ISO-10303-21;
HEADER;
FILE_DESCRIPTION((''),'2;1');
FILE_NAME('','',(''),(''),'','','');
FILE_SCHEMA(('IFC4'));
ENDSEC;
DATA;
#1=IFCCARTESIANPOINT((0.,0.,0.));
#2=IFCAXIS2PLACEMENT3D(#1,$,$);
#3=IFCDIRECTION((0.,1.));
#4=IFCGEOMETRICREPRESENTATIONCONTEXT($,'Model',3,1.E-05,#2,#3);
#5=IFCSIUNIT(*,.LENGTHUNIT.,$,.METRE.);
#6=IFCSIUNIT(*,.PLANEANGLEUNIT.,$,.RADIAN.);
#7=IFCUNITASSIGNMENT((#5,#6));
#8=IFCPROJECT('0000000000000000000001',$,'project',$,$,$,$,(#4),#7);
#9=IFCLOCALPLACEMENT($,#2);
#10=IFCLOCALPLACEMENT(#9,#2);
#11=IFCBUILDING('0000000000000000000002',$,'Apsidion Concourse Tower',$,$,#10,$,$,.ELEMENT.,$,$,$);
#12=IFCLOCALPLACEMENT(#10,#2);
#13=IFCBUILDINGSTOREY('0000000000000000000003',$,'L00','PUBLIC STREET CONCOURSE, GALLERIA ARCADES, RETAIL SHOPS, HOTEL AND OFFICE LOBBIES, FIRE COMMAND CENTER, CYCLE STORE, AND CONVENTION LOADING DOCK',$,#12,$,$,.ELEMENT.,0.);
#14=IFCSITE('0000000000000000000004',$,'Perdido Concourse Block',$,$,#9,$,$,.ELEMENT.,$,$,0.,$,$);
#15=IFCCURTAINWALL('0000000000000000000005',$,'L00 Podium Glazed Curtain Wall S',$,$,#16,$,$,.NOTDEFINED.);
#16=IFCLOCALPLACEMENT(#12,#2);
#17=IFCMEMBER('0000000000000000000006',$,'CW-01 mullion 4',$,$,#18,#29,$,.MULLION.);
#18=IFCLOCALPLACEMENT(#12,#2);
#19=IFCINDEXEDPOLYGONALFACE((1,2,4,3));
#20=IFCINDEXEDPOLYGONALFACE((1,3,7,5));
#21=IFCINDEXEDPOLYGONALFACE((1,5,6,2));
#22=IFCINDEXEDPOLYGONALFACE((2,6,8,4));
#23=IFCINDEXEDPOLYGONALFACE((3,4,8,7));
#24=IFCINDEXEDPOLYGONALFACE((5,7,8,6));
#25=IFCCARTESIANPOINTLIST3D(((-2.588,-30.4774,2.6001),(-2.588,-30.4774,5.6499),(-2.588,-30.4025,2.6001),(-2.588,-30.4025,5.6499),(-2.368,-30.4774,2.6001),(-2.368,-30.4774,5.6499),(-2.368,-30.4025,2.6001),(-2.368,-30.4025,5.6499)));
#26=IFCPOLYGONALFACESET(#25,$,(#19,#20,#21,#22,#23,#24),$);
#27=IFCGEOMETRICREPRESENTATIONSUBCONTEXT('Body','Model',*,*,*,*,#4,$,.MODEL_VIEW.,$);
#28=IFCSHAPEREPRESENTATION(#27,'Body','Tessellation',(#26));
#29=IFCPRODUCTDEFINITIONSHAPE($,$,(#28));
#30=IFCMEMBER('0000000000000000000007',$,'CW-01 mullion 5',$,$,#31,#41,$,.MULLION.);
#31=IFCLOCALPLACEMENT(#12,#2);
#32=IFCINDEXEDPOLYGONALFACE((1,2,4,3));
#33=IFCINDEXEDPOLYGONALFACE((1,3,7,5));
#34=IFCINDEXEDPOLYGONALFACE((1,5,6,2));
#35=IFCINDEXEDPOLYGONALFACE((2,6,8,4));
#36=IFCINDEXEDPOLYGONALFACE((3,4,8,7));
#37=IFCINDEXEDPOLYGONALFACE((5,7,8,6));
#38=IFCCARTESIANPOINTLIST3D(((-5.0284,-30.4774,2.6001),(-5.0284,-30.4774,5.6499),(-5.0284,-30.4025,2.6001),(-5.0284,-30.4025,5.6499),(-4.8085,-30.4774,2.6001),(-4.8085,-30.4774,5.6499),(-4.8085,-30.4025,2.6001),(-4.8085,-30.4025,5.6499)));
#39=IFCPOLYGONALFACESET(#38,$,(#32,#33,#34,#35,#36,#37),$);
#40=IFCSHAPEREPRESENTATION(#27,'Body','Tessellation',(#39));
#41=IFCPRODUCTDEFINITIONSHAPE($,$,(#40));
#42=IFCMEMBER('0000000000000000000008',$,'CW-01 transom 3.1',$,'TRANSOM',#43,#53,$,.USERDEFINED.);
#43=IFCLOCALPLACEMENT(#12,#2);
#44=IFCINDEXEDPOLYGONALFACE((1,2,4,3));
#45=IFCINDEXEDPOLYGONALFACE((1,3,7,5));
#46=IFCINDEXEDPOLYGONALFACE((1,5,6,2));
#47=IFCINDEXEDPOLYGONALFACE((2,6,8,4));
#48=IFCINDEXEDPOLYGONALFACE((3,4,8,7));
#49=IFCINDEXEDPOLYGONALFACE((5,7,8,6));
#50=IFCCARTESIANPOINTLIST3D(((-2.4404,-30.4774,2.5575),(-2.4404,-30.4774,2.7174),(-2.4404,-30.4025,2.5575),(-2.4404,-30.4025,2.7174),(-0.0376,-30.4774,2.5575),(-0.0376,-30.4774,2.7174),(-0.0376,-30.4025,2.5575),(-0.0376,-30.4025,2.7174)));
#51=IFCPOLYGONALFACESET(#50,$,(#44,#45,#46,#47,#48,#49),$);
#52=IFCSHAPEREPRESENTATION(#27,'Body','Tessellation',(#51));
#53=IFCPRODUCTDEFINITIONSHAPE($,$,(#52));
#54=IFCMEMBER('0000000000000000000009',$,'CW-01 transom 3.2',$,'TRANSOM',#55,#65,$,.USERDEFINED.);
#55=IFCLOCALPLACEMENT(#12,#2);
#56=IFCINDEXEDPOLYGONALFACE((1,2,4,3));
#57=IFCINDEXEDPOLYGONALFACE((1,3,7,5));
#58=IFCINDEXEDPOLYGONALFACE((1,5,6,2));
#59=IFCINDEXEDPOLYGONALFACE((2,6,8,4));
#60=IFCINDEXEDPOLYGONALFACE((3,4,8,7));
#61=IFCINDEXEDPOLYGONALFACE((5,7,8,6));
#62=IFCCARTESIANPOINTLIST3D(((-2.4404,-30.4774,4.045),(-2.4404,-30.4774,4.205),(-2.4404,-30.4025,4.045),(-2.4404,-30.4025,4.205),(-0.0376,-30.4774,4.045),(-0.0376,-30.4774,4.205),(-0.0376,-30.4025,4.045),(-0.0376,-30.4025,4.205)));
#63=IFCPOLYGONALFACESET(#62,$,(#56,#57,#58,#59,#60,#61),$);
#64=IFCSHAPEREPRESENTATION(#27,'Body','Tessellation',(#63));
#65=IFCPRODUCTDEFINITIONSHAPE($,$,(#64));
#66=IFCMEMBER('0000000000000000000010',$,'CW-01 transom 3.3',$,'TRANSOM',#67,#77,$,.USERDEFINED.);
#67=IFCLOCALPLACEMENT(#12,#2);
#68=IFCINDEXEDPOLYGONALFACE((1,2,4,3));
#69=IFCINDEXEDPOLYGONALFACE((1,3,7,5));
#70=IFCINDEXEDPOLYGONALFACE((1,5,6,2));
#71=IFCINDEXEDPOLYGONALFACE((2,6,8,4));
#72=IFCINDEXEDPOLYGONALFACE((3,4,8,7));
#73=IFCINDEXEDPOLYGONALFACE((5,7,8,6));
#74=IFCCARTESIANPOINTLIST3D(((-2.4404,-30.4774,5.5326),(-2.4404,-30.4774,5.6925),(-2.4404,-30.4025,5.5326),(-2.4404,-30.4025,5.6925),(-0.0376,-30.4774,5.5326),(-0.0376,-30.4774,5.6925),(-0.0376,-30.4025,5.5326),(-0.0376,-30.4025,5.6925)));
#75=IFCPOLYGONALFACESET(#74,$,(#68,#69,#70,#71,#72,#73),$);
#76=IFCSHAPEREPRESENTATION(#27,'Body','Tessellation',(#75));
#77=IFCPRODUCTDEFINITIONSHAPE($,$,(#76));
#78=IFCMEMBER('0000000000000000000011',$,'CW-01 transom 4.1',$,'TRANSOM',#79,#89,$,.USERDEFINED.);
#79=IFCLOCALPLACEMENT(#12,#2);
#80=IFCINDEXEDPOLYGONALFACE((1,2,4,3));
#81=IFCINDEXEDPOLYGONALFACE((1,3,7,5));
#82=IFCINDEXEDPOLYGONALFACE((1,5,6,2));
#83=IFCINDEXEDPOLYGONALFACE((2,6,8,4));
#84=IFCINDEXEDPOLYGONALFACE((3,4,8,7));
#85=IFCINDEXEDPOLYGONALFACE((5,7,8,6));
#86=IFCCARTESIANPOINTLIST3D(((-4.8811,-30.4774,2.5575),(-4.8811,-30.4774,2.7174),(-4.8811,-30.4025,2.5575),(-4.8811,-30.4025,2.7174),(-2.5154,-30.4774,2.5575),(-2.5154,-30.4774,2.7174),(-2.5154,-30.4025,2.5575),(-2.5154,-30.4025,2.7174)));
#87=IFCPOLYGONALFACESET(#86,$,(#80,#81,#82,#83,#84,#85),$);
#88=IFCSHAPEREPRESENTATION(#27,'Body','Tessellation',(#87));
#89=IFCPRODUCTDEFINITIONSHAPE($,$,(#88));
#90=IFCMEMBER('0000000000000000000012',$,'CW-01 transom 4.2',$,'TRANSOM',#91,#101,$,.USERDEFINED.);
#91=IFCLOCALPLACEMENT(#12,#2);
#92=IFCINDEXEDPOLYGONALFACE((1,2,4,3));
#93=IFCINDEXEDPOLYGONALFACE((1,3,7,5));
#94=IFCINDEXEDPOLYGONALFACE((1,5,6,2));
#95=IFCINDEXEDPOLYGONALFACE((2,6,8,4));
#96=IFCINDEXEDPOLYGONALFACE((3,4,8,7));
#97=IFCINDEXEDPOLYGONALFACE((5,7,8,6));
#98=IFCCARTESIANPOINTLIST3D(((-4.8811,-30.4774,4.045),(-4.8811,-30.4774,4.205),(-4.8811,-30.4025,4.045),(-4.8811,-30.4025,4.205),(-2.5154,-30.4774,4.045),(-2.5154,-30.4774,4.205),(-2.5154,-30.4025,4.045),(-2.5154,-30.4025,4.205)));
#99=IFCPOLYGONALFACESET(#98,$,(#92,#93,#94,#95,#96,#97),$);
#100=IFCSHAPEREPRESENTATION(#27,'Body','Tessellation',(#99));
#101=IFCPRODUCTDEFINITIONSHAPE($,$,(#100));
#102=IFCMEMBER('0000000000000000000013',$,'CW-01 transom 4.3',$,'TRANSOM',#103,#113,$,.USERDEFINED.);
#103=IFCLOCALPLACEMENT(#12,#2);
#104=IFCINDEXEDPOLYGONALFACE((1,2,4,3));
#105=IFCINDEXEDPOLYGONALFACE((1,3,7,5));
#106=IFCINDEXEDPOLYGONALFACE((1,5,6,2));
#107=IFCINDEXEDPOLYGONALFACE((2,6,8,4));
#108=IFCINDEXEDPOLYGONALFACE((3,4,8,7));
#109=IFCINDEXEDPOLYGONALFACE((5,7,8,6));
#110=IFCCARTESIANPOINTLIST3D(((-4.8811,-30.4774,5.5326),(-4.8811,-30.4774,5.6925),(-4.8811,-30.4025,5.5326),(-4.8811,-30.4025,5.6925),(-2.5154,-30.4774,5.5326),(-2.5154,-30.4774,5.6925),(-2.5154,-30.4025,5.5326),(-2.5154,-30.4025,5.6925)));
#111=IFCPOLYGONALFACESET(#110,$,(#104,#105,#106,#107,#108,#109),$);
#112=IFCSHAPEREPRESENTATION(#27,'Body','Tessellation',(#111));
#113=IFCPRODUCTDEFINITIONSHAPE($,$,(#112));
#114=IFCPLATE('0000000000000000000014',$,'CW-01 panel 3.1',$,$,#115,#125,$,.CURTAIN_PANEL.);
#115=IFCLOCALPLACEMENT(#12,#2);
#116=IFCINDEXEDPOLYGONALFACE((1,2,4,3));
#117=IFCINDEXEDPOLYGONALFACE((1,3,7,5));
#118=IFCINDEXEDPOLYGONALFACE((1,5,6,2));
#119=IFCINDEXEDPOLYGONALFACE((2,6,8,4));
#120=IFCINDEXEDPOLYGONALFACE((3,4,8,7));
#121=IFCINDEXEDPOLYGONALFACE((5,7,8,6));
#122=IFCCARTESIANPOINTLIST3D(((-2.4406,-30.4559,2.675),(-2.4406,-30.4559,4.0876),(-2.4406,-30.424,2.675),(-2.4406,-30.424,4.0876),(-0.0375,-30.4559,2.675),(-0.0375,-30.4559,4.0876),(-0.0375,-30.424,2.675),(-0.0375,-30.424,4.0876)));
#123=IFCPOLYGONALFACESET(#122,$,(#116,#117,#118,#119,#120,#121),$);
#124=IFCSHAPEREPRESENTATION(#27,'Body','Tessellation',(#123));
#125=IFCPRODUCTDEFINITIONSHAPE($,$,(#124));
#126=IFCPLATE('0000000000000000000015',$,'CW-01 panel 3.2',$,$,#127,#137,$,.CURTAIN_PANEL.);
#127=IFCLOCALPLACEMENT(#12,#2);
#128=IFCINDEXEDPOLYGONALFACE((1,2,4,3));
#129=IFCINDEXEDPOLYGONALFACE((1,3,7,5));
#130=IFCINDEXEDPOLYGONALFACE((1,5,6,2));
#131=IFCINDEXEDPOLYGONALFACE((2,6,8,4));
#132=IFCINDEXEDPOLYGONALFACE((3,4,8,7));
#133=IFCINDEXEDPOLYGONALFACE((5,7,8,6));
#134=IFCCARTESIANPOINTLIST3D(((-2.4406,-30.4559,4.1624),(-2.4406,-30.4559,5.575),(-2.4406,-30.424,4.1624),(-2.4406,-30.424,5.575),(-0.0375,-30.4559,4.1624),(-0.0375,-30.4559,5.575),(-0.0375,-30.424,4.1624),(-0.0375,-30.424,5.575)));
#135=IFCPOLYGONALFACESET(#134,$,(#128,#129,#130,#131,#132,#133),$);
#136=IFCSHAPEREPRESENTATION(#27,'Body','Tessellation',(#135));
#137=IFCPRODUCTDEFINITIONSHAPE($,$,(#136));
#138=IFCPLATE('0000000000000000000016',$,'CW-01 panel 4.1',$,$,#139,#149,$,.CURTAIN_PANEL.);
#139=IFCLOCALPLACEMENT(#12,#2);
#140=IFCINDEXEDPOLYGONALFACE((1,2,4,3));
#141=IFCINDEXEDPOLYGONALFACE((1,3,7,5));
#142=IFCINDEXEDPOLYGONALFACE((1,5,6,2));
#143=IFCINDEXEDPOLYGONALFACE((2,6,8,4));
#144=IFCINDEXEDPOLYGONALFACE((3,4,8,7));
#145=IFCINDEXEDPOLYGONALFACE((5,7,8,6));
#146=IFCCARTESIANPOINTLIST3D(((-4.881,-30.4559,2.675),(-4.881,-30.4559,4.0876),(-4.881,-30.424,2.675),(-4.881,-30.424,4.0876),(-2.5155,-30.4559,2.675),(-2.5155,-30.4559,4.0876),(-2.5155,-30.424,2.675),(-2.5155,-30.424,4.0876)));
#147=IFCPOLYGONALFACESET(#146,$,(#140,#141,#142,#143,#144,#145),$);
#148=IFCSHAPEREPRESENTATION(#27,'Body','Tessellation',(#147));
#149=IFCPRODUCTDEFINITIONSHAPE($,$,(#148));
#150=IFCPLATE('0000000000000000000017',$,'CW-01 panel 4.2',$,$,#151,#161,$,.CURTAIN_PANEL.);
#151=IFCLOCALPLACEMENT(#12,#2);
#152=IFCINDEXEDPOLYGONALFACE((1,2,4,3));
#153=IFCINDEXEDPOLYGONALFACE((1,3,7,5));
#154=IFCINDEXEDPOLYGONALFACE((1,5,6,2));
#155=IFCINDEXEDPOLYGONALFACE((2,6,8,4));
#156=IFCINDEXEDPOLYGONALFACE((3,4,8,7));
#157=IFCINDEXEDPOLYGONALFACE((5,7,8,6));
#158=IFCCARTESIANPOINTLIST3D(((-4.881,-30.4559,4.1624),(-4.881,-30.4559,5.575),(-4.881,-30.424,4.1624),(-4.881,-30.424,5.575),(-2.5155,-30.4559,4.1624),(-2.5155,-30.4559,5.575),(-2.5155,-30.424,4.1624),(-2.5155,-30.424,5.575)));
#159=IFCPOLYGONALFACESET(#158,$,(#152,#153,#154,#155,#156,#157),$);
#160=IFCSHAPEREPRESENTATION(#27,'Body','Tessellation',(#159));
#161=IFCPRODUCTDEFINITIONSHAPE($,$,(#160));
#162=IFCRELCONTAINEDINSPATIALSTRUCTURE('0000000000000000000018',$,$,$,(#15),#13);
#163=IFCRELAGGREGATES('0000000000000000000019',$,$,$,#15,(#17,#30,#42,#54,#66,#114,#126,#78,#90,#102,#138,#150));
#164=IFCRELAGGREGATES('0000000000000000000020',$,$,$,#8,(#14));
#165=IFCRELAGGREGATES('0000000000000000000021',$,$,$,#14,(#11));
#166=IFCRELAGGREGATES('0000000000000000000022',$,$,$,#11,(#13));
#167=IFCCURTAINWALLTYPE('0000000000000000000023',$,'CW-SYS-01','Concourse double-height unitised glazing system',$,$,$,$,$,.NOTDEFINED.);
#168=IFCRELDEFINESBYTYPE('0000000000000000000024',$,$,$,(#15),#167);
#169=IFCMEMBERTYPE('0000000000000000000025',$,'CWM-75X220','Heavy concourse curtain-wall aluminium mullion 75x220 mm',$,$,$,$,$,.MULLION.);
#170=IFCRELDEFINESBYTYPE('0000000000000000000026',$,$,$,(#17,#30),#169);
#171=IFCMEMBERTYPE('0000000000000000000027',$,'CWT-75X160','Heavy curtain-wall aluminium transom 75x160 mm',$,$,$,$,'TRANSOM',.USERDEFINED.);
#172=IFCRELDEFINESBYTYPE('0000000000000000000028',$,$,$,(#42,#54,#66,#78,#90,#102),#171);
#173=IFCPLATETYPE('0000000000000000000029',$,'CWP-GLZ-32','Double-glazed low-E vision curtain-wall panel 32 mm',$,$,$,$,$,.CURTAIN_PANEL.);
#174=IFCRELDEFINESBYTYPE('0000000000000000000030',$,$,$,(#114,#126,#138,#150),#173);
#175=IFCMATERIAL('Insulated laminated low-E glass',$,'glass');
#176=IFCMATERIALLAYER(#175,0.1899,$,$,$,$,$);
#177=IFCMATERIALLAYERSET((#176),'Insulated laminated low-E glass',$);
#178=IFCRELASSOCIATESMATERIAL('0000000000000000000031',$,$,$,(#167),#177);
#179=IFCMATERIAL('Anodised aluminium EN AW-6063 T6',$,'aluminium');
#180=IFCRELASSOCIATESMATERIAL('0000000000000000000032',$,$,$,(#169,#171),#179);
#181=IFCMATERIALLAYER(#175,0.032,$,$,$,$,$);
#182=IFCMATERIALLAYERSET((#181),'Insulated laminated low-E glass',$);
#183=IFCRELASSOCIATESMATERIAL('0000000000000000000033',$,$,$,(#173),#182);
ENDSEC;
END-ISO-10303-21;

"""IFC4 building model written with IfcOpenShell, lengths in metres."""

from ifc_helpers import new_model, si_unit, direction, frame, origin, origin_2d, place, context, subcontext, project, spatial, rectangle, extrude, material, layer, layer_set, material_profile, profile_set, type_object, element, aggregate, save


model = new_model("IFC4")

# Units and contexts
model_context = context("Model", 3, precision=1e-05, world=origin(), true_north=direction((0.0, 1.0)))
body_context = subcontext(model_context, "Body", "Model", "MODEL_VIEW")
ifc_project = project(units=[si_unit("LENGTHUNIT", "METRE"), si_unit("PLANEANGLEUNIT", "RADIAN")], contexts=[model_context])

# Site, building, storey
site_placement = place(None, origin())
site = spatial("IfcSite", under=ifc_project, at=site_placement, Name="Perdido Concourse Block", CompositionType="ELEMENT", RefElevation=0.0)
building_placement = place(site_placement, origin())
building = spatial("IfcBuilding", under=site, at=building_placement, Name="Apsidion Concourse Tower", CompositionType="ELEMENT")
storey_placement = place(building_placement, origin())
storey = spatial("IfcBuildingStorey", under=building, at=storey_placement, Name="L00", Description="PUBLIC STREET CONCOURSE, GALLERIA ARCADES, RETAIL SHOPS, HOTEL AND OFFICE LOBBIES, FIRE COMMAND CENTER, CYCLE STORE, AND CONVENTION LOADING DOCK", CompositionType="ELEMENT", Elevation=0.0)

# Curtain wall, members, plates
ifc_material_1 = material(Name="Insulated laminated low-E glass", Category="glass")
ifc_layer_1 = layer(ifc_material_1, 0.1899)
ifc_layer_set_1 = layer_set([ifc_layer_1], Name="Insulated laminated low-E glass")
curtain_wall_type = type_object("IfcCurtainWallType", Name="CW-SYS-01", Description="Concourse double-height unitised glazing system", PredefinedType="NOTDEFINED", material=ifc_layer_set_1)
curtain_wall_placement = place(storey_placement, origin())
curtain_wall = element("IfcCurtainWall", 1, at=curtain_wall_placement, inside=storey, type_object=curtain_wall_type, Name="L00 Podium Glazed Curtain Wall S", PredefinedType="NOTDEFINED")
ifc_material_2 = material(Name="Anodised aluminium EN AW-6063 T6", Category="aluminium")
ifc_material_profile_1 = material_profile(ifc_material_2, rectangle(XDim=0.075, YDim=0.22, at=origin_2d()), Name="ALU MULLION 75x220")
ifc_profile_set_1 = profile_set([ifc_material_profile_1], Name="Anodised aluminium EN AW-6063 T6")
member_type_1 = type_object("IfcMemberType", Name="CWM-75X220", Description="Heavy concourse curtain-wall aluminium mullion 75x220 mm", PredefinedType="MULLION", material=ifc_profile_set_1)
member_1_placement = place(storey_placement, frame((-2.478, -30.4399, 2.6001), z_axis=(0.0, 0.0, 1.0), x_axis=(0.0, -1.0, 0.0)))
member_1 = element("IfcMember", 2, at=member_1_placement, type_object=member_type_1, Name="CW-01 mullion 4", PredefinedType="MULLION", context=body_context, shape_type="SweptSolid", body=[
    extrude(rectangle(XDim=0.075, YDim=0.22, at=origin_2d()), origin(), (0.0, 0.0, 1.0), 3.0498),
])
member_2_placement = place(storey_placement, frame((-4.9185, -30.4399, 2.6001), z_axis=(0.0, 0.0, 1.0), x_axis=(0.0, -1.0, 0.0)))
member_2 = element("IfcMember", 3, at=member_2_placement, type_object=member_type_1, Name="CW-01 mullion 5", PredefinedType="MULLION", context=body_context, shape_type="SweptSolid", body=[
    extrude(rectangle(XDim=0.075, YDim=0.22, at=origin_2d()), origin(), (0.0, 0.0, 1.0), 3.0498),
])
ifc_material_profile_2 = material_profile(ifc_material_2, rectangle(XDim=0.075, YDim=0.1599, at=origin_2d()), Name="ALU TRANSOM 75x160")
ifc_profile_set_2 = profile_set([ifc_material_profile_2], Name="Anodised aluminium EN AW-6063 T6")
member_type_2 = type_object("IfcMemberType", Name="CWT-75X160", Description="Heavy curtain-wall aluminium transom 75x160 mm", ElementType="TRANSOM", PredefinedType="USERDEFINED", material=ifc_profile_set_2)
member_3_placement = place(storey_placement, frame((-0.0376, -30.4399, 2.6375), z_axis=(-1.0, 0.0, 0.0), x_axis=(0.0, -1.0, 0.0)))
member_3 = element("IfcMember", 4, at=member_3_placement, type_object=member_type_2, Name="CW-01 transom 3.1", ObjectType="TRANSOM", PredefinedType="USERDEFINED", context=body_context, shape_type="SweptSolid", body=[
    extrude(rectangle(XDim=0.075, YDim=0.1599, at=origin_2d()), origin(), (0.0, 0.0, 1.0), 2.4028),
])
member_4_placement = place(storey_placement, frame((-0.0376, -30.4399, 4.125), z_axis=(-1.0, 0.0, 0.0), x_axis=(0.0, -1.0, 0.0)))
member_4 = element("IfcMember", 5, at=member_4_placement, type_object=member_type_2, Name="CW-01 transom 3.2", ObjectType="TRANSOM", PredefinedType="USERDEFINED", context=body_context, shape_type="SweptSolid", body=[
    extrude(rectangle(XDim=0.075, YDim=0.1599, at=origin_2d()), origin(), (0.0, 0.0, 1.0), 2.4028),
])
member_5_placement = place(storey_placement, frame((-0.0376, -30.4399, 5.6125), z_axis=(-1.0, 0.0, 0.0), x_axis=(0.0, -1.0, 0.0)))
member_5 = element("IfcMember", 6, at=member_5_placement, type_object=member_type_2, Name="CW-01 transom 3.3", ObjectType="TRANSOM", PredefinedType="USERDEFINED", context=body_context, shape_type="SweptSolid", body=[
    extrude(rectangle(XDim=0.075, YDim=0.1599, at=origin_2d()), origin(), (0.0, 0.0, 1.0), 2.4028),
])
member_6_placement = place(storey_placement, frame((-2.5154, -30.4399, 2.6375), z_axis=(-1.0, 0.0, 0.0), x_axis=(0.0, -1.0, 0.0)))
member_6 = element("IfcMember", 7, at=member_6_placement, type_object=member_type_2, Name="CW-01 transom 4.1", ObjectType="TRANSOM", PredefinedType="USERDEFINED", context=body_context, shape_type="SweptSolid", body=[
    extrude(rectangle(XDim=0.075, YDim=0.1599, at=origin_2d()), origin(), (0.0, 0.0, 1.0), 2.3657),
])
member_7_placement = place(storey_placement, frame((-2.5154, -30.4399, 4.125), z_axis=(-1.0, 0.0, 0.0), x_axis=(0.0, -1.0, 0.0)))
member_7 = element("IfcMember", 8, at=member_7_placement, type_object=member_type_2, Name="CW-01 transom 4.2", ObjectType="TRANSOM", PredefinedType="USERDEFINED", context=body_context, shape_type="SweptSolid", body=[
    extrude(rectangle(XDim=0.075, YDim=0.1599, at=origin_2d()), origin(), (0.0, 0.0, 1.0), 2.3657),
])
member_8_placement = place(storey_placement, frame((-2.5154, -30.4399, 5.6125), z_axis=(-1.0, 0.0, 0.0), x_axis=(0.0, -1.0, 0.0)))
member_8 = element("IfcMember", 9, at=member_8_placement, type_object=member_type_2, Name="CW-01 transom 4.3", ObjectType="TRANSOM", PredefinedType="USERDEFINED", context=body_context, shape_type="SweptSolid", body=[
    extrude(rectangle(XDim=0.075, YDim=0.1599, at=origin_2d()), origin(), (0.0, 0.0, 1.0), 2.3657),
])
ifc_layer_2 = layer(ifc_material_1, 0.032)
ifc_layer_set_2 = layer_set([ifc_layer_2], Name="Insulated laminated low-E glass")
plate_type = type_object("IfcPlateType", Name="CWP-GLZ-32", Description="Double-glazed low-E vision curtain-wall panel 32 mm", PredefinedType="CURTAIN_PANEL", material=ifc_layer_set_2)
plate_1_placement = place(storey_placement, frame((-1.239, -30.4399, 2.675), z_axis=(0.0, 0.0, 1.0), x_axis=(-1.0, 0.0, 0.0)))
plate_1 = element("IfcPlate", 10, at=plate_1_placement, type_object=plate_type, Name="CW-01 panel 3.1", PredefinedType="CURTAIN_PANEL", context=body_context, shape_type="SweptSolid", body=[
    extrude(rectangle(XDim=2.4031, YDim=0.032, at=origin_2d()), origin(), (0.0, 0.0, 1.0), 1.4126),
])
plate_2_placement = place(storey_placement, frame((-1.239, -30.4399, 4.1624), z_axis=(0.0, 0.0, 1.0), x_axis=(-1.0, 0.0, 0.0)))
plate_2 = element("IfcPlate", 11, at=plate_2_placement, type_object=plate_type, Name="CW-01 panel 3.2", PredefinedType="CURTAIN_PANEL", context=body_context, shape_type="SweptSolid", body=[
    extrude(rectangle(XDim=2.4031, YDim=0.032, at=origin_2d()), origin(), (0.0, 0.0, 1.0), 1.4126),
])
plate_3_placement = place(storey_placement, frame((-3.6982, -30.4399, 2.675), z_axis=(0.0, 0.0, 1.0), x_axis=(-1.0, 0.0, 0.0)))
plate_3 = element("IfcPlate", 12, at=plate_3_placement, type_object=plate_type, Name="CW-01 panel 4.1", PredefinedType="CURTAIN_PANEL", context=body_context, shape_type="SweptSolid", body=[
    extrude(rectangle(XDim=2.3655, YDim=0.032, at=origin_2d()), origin(), (0.0, 0.0, 1.0), 1.4126),
])
plate_4_placement = place(storey_placement, frame((-3.6982, -30.4399, 4.1624), z_axis=(0.0, 0.0, 1.0), x_axis=(-1.0, 0.0, 0.0)))
plate_4 = element("IfcPlate", 13, at=plate_4_placement, type_object=plate_type, Name="CW-01 panel 4.2", PredefinedType="CURTAIN_PANEL", context=body_context, shape_type="SweptSolid", body=[
    extrude(rectangle(XDim=2.3655, YDim=0.032, at=origin_2d()), origin(), (0.0, 0.0, 1.0), 1.4126),
])
aggregate(curtain_wall, [member_1, member_2, member_3, member_4, member_5, plate_1, plate_2, member_6, member_7, member_8, plate_3, plate_4])

save(model, "model.ifc")
